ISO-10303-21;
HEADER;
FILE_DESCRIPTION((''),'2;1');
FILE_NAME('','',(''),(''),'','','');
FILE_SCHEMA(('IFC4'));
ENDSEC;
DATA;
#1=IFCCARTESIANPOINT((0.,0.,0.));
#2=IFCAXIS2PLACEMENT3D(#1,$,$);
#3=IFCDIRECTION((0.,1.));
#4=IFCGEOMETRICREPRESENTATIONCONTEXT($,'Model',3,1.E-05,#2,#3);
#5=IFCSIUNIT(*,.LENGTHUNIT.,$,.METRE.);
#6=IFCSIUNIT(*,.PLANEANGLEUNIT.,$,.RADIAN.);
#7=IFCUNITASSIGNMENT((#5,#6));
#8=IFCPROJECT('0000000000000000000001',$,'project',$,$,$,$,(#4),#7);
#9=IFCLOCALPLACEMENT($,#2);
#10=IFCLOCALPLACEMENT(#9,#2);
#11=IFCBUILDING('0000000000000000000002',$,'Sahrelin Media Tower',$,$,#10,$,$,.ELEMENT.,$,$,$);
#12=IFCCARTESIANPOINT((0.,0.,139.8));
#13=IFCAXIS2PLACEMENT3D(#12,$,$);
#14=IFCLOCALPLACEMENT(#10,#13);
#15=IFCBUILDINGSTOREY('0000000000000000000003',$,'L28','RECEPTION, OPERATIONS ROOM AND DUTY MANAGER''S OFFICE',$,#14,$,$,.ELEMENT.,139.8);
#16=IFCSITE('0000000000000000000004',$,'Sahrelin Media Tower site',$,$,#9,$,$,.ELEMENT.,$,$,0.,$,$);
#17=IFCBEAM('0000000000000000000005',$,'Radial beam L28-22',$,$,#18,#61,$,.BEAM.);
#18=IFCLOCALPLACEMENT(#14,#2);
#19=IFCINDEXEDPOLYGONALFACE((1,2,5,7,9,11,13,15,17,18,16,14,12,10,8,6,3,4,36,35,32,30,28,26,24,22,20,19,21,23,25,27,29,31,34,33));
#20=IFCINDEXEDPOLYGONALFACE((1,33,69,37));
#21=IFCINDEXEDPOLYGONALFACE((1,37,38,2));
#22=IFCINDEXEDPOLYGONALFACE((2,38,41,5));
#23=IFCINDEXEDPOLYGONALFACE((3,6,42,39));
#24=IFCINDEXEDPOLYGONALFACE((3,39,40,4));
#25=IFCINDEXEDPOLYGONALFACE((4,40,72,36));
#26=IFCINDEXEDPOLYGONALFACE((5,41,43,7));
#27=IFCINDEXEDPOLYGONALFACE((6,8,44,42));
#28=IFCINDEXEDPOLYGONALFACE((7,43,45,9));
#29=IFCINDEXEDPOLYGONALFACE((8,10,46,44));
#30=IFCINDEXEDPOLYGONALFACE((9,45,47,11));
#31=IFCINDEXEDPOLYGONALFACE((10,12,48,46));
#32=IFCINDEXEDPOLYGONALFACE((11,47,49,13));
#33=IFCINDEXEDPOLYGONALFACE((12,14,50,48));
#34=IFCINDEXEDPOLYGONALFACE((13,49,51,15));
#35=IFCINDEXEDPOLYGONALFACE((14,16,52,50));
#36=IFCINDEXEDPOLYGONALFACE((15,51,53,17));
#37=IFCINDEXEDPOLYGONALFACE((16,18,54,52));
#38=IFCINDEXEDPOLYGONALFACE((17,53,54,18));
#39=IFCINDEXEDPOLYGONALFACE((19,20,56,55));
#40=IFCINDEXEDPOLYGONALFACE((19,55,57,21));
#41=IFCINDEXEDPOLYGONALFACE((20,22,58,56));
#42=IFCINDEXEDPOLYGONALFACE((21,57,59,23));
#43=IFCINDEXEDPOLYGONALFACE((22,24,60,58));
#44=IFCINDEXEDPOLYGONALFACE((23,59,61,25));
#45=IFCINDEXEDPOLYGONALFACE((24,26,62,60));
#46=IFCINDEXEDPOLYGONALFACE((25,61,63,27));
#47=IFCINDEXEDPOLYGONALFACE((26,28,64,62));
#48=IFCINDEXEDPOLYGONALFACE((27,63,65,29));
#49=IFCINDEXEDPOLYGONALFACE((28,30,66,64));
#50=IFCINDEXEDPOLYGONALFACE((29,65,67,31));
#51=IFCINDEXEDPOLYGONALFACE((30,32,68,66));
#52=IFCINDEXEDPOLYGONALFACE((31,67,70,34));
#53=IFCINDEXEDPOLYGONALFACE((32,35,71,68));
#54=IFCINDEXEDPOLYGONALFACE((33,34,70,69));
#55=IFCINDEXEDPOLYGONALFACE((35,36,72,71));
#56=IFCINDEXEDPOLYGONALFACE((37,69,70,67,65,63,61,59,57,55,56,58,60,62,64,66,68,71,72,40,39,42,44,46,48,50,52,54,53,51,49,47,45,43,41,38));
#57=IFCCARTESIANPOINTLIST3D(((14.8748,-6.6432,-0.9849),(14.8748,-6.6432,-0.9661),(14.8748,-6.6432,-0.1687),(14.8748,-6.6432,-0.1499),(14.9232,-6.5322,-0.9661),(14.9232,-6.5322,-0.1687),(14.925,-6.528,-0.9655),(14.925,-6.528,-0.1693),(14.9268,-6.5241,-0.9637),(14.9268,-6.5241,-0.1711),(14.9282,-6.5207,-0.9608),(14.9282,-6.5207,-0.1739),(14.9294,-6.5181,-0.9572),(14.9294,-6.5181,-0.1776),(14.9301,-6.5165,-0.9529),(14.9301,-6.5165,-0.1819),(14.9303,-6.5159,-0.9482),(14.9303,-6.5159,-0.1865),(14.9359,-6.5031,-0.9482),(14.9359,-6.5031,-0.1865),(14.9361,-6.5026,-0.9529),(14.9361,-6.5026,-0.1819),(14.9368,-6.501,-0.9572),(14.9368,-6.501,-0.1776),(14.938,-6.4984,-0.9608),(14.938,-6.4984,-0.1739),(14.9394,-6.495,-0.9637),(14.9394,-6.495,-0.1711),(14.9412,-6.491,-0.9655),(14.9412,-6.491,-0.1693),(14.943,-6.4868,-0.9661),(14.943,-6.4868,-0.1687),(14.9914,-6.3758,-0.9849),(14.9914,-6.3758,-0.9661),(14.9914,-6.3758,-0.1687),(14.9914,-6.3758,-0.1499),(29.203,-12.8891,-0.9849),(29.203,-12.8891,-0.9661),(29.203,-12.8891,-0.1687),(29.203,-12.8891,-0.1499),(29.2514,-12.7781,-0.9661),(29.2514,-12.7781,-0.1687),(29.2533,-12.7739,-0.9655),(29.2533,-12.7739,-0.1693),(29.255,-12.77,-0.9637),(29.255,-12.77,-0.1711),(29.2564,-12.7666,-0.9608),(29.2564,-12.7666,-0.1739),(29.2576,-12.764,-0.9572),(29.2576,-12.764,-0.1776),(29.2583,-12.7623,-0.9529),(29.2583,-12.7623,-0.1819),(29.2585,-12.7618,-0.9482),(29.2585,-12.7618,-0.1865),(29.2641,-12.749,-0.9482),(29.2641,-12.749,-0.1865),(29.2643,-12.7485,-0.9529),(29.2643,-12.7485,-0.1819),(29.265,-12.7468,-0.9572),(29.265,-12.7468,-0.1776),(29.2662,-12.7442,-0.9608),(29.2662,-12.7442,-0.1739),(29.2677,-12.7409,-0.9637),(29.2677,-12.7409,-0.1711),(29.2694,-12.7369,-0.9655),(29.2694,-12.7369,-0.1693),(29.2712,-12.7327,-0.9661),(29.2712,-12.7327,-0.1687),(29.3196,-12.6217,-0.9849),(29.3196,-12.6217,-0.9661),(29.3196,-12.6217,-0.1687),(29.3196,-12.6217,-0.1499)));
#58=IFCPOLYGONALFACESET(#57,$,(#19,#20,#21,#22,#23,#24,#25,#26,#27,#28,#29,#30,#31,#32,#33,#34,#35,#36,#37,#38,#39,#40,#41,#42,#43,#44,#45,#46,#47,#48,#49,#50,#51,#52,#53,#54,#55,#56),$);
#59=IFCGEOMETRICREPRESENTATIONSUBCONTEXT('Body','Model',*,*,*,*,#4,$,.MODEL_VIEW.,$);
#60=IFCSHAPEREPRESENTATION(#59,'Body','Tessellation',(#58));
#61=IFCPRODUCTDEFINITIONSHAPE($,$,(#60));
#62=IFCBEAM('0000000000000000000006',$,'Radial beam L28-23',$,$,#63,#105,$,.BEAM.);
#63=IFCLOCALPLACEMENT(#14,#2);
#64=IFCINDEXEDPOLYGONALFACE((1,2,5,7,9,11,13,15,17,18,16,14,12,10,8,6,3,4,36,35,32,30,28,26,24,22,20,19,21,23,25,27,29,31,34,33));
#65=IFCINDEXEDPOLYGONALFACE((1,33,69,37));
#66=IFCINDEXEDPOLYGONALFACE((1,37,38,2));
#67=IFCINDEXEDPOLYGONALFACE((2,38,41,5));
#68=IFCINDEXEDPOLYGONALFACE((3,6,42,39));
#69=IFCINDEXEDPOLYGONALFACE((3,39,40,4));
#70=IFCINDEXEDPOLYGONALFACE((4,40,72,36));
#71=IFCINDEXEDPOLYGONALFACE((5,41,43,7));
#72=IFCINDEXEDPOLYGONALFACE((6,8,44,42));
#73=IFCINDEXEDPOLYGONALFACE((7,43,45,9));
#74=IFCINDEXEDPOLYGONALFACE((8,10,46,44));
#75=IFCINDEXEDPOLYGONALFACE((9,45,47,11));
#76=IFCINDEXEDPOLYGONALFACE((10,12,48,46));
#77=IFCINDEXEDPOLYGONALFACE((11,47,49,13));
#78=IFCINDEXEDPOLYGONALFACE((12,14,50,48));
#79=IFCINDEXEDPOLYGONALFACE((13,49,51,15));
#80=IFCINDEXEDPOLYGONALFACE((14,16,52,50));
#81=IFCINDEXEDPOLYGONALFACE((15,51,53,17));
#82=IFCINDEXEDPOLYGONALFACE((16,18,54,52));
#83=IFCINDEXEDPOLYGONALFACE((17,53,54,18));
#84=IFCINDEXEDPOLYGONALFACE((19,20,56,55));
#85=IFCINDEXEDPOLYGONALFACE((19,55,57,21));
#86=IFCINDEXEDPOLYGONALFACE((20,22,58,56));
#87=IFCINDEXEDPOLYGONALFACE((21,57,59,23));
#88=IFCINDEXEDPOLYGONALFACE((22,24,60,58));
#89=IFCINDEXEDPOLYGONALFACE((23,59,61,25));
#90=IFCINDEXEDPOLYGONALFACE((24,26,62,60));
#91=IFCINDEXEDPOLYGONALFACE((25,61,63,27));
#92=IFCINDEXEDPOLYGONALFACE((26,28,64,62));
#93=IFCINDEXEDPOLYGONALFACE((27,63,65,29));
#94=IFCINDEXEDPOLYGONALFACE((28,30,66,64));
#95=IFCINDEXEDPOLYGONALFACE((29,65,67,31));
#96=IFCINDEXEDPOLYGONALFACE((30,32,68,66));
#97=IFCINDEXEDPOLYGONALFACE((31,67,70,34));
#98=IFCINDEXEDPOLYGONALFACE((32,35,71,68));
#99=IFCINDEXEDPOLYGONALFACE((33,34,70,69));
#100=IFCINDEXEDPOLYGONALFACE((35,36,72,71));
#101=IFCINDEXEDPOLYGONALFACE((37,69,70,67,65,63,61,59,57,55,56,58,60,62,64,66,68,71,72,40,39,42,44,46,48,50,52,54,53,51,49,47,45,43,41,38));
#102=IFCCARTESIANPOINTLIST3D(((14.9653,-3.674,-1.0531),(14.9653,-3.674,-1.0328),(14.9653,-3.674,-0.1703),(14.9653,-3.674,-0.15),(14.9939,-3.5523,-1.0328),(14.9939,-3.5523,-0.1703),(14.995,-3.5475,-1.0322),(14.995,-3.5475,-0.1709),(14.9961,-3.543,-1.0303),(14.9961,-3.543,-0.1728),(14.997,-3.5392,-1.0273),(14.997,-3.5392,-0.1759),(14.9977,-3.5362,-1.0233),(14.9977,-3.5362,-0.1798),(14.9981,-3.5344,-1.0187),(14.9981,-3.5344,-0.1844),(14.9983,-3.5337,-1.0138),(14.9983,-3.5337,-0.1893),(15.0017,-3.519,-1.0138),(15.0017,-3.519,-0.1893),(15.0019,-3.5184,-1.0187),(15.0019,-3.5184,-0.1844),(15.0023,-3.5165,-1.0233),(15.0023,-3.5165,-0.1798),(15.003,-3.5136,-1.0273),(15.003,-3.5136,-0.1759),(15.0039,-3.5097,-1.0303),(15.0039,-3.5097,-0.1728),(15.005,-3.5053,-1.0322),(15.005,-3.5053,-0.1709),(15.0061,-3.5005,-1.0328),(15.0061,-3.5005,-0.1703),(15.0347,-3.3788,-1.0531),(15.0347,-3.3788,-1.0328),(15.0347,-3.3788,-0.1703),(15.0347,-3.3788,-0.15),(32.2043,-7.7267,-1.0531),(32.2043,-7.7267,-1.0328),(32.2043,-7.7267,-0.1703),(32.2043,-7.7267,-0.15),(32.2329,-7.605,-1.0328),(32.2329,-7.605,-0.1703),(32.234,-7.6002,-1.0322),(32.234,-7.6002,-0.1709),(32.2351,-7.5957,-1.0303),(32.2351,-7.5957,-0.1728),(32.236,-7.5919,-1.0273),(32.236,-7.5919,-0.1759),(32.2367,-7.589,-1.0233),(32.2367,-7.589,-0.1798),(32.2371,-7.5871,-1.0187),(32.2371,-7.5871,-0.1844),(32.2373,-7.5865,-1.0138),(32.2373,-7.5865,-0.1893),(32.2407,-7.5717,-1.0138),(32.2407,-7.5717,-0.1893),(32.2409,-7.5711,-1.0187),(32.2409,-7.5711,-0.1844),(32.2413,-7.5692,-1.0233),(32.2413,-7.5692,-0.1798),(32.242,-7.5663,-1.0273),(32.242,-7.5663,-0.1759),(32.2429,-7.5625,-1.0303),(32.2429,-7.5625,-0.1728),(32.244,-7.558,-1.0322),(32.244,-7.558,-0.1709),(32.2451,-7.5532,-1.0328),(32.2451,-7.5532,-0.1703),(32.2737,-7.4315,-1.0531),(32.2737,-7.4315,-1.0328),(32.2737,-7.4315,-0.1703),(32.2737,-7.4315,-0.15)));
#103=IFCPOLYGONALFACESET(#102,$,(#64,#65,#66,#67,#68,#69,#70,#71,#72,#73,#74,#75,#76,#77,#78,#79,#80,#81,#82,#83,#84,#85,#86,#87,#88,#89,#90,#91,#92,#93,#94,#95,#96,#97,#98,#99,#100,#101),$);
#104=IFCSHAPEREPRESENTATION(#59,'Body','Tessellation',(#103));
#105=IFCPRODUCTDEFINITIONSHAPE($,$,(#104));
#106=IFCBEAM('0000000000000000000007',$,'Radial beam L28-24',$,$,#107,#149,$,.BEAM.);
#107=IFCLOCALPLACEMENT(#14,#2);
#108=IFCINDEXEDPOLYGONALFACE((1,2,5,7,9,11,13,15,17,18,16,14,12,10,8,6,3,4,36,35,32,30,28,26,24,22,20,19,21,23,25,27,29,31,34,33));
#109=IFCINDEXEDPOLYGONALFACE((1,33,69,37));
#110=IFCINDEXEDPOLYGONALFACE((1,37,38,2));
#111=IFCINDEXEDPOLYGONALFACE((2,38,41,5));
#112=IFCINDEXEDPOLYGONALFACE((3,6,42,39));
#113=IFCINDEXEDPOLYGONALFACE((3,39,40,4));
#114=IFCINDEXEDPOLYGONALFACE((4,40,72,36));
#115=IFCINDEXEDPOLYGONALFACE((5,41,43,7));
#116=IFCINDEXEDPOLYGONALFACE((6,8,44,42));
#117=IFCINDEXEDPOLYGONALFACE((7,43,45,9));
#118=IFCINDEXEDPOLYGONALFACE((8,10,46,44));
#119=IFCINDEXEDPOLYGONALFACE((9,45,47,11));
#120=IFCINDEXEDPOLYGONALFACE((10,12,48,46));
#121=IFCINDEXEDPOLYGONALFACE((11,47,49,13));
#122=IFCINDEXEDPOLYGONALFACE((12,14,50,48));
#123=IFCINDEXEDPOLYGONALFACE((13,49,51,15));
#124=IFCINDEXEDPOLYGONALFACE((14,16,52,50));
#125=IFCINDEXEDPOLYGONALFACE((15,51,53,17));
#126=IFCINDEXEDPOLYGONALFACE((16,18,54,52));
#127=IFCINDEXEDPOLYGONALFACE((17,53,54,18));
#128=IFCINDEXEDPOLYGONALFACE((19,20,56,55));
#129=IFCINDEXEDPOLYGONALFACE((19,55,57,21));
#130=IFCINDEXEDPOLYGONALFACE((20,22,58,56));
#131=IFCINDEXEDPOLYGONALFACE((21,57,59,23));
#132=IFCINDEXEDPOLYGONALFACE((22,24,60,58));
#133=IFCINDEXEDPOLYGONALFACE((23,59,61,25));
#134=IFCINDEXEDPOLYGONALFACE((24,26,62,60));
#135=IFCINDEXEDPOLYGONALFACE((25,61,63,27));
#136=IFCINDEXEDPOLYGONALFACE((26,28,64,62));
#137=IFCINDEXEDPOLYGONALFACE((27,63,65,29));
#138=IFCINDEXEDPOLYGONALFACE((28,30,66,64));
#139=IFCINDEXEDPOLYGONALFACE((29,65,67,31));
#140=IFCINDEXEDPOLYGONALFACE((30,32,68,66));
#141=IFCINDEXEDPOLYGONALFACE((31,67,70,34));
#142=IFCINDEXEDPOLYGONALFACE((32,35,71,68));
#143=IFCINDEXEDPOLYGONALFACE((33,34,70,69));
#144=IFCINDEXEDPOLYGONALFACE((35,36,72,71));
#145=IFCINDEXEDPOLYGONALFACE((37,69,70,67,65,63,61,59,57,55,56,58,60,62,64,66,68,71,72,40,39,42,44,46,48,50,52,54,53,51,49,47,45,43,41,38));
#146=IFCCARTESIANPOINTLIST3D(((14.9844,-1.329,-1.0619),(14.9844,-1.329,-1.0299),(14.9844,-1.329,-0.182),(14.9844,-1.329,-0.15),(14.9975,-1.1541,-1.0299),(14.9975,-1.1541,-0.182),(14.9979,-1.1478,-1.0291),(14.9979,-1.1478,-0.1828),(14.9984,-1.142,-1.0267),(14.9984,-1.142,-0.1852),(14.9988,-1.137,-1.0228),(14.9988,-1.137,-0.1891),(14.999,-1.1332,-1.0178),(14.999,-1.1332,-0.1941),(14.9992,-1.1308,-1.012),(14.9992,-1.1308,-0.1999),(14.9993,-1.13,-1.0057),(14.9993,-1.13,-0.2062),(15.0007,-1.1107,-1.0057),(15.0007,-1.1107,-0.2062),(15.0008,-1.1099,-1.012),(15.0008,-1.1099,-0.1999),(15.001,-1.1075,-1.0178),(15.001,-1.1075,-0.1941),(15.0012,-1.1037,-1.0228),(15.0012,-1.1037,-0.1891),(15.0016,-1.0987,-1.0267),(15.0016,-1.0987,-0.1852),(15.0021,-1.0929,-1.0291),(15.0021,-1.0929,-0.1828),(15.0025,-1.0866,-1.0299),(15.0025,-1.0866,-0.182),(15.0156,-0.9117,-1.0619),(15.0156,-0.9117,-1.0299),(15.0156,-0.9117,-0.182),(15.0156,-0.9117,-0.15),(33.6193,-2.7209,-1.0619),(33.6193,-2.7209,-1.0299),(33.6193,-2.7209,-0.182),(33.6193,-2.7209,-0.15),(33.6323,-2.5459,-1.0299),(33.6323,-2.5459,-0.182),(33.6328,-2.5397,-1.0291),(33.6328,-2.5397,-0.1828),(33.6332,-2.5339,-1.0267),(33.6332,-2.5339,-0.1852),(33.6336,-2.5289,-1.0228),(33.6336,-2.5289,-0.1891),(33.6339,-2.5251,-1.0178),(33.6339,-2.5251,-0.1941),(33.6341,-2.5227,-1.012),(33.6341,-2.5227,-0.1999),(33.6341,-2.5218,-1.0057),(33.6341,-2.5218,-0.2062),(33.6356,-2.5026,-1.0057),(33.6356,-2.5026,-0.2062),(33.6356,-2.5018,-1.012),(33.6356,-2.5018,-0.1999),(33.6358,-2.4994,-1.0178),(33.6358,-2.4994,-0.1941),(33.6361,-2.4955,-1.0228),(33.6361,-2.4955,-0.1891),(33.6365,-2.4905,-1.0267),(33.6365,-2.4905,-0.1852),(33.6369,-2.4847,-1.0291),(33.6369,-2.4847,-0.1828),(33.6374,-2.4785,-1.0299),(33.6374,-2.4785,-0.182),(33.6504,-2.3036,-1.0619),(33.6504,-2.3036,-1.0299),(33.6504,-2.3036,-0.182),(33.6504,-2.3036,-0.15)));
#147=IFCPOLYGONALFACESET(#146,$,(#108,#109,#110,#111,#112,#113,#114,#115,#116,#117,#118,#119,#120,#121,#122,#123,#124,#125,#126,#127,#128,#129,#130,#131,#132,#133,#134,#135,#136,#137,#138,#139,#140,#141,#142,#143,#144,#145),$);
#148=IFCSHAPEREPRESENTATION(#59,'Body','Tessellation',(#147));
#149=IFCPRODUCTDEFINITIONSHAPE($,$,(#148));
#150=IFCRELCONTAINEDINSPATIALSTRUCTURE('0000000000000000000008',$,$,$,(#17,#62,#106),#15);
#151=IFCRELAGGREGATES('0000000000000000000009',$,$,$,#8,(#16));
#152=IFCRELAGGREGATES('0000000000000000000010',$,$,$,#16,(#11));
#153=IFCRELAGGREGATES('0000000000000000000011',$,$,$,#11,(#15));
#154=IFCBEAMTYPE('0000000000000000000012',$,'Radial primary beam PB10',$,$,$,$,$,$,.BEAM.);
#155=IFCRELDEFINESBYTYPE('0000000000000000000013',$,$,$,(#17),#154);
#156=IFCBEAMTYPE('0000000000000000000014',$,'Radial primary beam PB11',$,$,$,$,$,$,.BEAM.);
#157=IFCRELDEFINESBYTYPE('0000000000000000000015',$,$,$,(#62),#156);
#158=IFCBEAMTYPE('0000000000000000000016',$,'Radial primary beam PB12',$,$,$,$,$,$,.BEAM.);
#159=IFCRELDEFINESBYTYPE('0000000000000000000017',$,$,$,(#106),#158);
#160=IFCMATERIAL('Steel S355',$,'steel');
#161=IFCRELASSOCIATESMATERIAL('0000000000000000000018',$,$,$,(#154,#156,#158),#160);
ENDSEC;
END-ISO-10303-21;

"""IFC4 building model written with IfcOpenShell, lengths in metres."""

from ifc_helpers import new_model, si_unit, direction, frame, origin, origin_2d, place, context, subcontext, project, spatial, i_section, extrude, material, material_profile, profile_set, type_object, element, save


model = new_model("IFC4")

# Units and contexts
model_context = context("Model", 3, precision=1e-05, world=origin(), true_north=direction((0.0, 1.0)))
body_context = subcontext(model_context, "Body", "Model", "MODEL_VIEW")
ifc_project = project(units=[si_unit("LENGTHUNIT", "METRE"), si_unit("PLANEANGLEUNIT", "RADIAN")], contexts=[model_context])

# Site, building, storey
site_placement = place(None, origin())
site = spatial("IfcSite", under=ifc_project, at=site_placement, Name="Sahrelin Media Tower site", CompositionType="ELEMENT", RefElevation=0.0)
building_placement = place(site_placement, origin())
building = spatial("IfcBuilding", under=site, at=building_placement, Name="Sahrelin Media Tower", CompositionType="ELEMENT")
storey_placement = place(building_placement, frame((0.0, 0.0, 139.8)))
storey = spatial("IfcBuildingStorey", under=building, at=storey_placement, Name="L28", Description="RECEPTION, OPERATIONS ROOM AND DUTY MANAGER'S OFFICE", CompositionType="ELEMENT", Elevation=139.8)

# Beams
ifc_material_1 = material(Name="Steel S355", Category="steel")
ifc_material_profile_1 = material_profile(ifc_material_1, i_section(OverallWidth=0.2917, OverallDepth=0.835, WebThickness=0.0139, FlangeThickness=0.0188, FilletRadius=0.0178, at=origin_2d()), Name="UB 838x292x176")
ifc_profile_set_1 = profile_set([ifc_material_profile_1], Name="Steel S355")
beam_type_1 = type_object("IfcBeamType", Name="Radial primary beam PB10", PredefinedType="BEAM", material=ifc_profile_set_1)
beam_1_placement = place(storey_placement, frame((14.9331, -6.5095, -0.5674), z_axis=(0.91669, -0.399599, 0.0), x_axis=(0.399599, 0.91669, 0.0)))
element("IfcBeam", 1, at=beam_1_placement, inside=storey, type_object=beam_type_1, Name="Radial beam L28-22", PredefinedType="BEAM", context=body_context, shape_type="SweptSolid", body=[
    extrude(i_section(OverallWidth=0.2917, OverallDepth=0.835, WebThickness=0.0139, FlangeThickness=0.0188, FilletRadius=0.0178, at=origin_2d()), origin(), (0.0, 0.0, 1.0), 15.6304),
])
ifc_material_profile_2 = material_profile(ifc_material_1, i_section(OverallWidth=0.3032, OverallDepth=0.9031, WebThickness=0.0151, FlangeThickness=0.0203, FilletRadius=0.019, at=origin_2d()), Name="UB 914x305x201")
ifc_profile_set_2 = profile_set([ifc_material_profile_2], Name="Steel S355")
beam_type_2 = type_object("IfcBeamType", Name="Radial primary beam PB11", PredefinedType="BEAM", material=ifc_profile_set_2)
beam_2_placement = place(storey_placement, frame((15.0, -3.5264, -0.6016), z_axis=(0.973461, -0.228852, 0.0), x_axis=(0.228852, 0.973461, 0.0)))
element("IfcBeam", 2, at=beam_2_placement, inside=storey, type_object=beam_type_2, Name="Radial beam L28-23", PredefinedType="BEAM", context=body_context, shape_type="SweptSolid", body=[
    extrude(i_section(OverallWidth=0.3032, OverallDepth=0.9031, WebThickness=0.0151, FlangeThickness=0.0203, FilletRadius=0.019, at=origin_2d()), origin(), (0.0, 0.0, 1.0), 17.709),
])
ifc_material_profile_3 = material_profile(ifc_material_1, i_section(OverallWidth=0.4185, OverallDepth=0.9119, WebThickness=0.0193, FlangeThickness=0.032, FilletRadius=0.0242, at=origin_2d()), Name="UB 914x419x343")
ifc_profile_set_3 = profile_set([ifc_material_profile_3], Name="Steel S355")
beam_type_3 = type_object("IfcBeamType", Name="Radial primary beam PB12", PredefinedType="BEAM", material=ifc_profile_set_3)
beam_3_placement = place(storey_placement, frame((15.0, -1.1204, -0.606), z_axis=(0.997222, -0.074483, 0.0), x_axis=(0.074483, 0.997222, 0.0)))
element("IfcBeam", 3, at=beam_3_placement, inside=storey, type_object=beam_type_3, Name="Radial beam L28-24", PredefinedType="BEAM", context=body_context, shape_type="SweptSolid", body=[
    extrude(i_section(OverallWidth=0.4185, OverallDepth=0.9119, WebThickness=0.0193, FlangeThickness=0.032, FilletRadius=0.0242, at=origin_2d()), origin(), (0.0, 0.0, 1.0), 18.6868),
])

save(model, "model.ifc")
